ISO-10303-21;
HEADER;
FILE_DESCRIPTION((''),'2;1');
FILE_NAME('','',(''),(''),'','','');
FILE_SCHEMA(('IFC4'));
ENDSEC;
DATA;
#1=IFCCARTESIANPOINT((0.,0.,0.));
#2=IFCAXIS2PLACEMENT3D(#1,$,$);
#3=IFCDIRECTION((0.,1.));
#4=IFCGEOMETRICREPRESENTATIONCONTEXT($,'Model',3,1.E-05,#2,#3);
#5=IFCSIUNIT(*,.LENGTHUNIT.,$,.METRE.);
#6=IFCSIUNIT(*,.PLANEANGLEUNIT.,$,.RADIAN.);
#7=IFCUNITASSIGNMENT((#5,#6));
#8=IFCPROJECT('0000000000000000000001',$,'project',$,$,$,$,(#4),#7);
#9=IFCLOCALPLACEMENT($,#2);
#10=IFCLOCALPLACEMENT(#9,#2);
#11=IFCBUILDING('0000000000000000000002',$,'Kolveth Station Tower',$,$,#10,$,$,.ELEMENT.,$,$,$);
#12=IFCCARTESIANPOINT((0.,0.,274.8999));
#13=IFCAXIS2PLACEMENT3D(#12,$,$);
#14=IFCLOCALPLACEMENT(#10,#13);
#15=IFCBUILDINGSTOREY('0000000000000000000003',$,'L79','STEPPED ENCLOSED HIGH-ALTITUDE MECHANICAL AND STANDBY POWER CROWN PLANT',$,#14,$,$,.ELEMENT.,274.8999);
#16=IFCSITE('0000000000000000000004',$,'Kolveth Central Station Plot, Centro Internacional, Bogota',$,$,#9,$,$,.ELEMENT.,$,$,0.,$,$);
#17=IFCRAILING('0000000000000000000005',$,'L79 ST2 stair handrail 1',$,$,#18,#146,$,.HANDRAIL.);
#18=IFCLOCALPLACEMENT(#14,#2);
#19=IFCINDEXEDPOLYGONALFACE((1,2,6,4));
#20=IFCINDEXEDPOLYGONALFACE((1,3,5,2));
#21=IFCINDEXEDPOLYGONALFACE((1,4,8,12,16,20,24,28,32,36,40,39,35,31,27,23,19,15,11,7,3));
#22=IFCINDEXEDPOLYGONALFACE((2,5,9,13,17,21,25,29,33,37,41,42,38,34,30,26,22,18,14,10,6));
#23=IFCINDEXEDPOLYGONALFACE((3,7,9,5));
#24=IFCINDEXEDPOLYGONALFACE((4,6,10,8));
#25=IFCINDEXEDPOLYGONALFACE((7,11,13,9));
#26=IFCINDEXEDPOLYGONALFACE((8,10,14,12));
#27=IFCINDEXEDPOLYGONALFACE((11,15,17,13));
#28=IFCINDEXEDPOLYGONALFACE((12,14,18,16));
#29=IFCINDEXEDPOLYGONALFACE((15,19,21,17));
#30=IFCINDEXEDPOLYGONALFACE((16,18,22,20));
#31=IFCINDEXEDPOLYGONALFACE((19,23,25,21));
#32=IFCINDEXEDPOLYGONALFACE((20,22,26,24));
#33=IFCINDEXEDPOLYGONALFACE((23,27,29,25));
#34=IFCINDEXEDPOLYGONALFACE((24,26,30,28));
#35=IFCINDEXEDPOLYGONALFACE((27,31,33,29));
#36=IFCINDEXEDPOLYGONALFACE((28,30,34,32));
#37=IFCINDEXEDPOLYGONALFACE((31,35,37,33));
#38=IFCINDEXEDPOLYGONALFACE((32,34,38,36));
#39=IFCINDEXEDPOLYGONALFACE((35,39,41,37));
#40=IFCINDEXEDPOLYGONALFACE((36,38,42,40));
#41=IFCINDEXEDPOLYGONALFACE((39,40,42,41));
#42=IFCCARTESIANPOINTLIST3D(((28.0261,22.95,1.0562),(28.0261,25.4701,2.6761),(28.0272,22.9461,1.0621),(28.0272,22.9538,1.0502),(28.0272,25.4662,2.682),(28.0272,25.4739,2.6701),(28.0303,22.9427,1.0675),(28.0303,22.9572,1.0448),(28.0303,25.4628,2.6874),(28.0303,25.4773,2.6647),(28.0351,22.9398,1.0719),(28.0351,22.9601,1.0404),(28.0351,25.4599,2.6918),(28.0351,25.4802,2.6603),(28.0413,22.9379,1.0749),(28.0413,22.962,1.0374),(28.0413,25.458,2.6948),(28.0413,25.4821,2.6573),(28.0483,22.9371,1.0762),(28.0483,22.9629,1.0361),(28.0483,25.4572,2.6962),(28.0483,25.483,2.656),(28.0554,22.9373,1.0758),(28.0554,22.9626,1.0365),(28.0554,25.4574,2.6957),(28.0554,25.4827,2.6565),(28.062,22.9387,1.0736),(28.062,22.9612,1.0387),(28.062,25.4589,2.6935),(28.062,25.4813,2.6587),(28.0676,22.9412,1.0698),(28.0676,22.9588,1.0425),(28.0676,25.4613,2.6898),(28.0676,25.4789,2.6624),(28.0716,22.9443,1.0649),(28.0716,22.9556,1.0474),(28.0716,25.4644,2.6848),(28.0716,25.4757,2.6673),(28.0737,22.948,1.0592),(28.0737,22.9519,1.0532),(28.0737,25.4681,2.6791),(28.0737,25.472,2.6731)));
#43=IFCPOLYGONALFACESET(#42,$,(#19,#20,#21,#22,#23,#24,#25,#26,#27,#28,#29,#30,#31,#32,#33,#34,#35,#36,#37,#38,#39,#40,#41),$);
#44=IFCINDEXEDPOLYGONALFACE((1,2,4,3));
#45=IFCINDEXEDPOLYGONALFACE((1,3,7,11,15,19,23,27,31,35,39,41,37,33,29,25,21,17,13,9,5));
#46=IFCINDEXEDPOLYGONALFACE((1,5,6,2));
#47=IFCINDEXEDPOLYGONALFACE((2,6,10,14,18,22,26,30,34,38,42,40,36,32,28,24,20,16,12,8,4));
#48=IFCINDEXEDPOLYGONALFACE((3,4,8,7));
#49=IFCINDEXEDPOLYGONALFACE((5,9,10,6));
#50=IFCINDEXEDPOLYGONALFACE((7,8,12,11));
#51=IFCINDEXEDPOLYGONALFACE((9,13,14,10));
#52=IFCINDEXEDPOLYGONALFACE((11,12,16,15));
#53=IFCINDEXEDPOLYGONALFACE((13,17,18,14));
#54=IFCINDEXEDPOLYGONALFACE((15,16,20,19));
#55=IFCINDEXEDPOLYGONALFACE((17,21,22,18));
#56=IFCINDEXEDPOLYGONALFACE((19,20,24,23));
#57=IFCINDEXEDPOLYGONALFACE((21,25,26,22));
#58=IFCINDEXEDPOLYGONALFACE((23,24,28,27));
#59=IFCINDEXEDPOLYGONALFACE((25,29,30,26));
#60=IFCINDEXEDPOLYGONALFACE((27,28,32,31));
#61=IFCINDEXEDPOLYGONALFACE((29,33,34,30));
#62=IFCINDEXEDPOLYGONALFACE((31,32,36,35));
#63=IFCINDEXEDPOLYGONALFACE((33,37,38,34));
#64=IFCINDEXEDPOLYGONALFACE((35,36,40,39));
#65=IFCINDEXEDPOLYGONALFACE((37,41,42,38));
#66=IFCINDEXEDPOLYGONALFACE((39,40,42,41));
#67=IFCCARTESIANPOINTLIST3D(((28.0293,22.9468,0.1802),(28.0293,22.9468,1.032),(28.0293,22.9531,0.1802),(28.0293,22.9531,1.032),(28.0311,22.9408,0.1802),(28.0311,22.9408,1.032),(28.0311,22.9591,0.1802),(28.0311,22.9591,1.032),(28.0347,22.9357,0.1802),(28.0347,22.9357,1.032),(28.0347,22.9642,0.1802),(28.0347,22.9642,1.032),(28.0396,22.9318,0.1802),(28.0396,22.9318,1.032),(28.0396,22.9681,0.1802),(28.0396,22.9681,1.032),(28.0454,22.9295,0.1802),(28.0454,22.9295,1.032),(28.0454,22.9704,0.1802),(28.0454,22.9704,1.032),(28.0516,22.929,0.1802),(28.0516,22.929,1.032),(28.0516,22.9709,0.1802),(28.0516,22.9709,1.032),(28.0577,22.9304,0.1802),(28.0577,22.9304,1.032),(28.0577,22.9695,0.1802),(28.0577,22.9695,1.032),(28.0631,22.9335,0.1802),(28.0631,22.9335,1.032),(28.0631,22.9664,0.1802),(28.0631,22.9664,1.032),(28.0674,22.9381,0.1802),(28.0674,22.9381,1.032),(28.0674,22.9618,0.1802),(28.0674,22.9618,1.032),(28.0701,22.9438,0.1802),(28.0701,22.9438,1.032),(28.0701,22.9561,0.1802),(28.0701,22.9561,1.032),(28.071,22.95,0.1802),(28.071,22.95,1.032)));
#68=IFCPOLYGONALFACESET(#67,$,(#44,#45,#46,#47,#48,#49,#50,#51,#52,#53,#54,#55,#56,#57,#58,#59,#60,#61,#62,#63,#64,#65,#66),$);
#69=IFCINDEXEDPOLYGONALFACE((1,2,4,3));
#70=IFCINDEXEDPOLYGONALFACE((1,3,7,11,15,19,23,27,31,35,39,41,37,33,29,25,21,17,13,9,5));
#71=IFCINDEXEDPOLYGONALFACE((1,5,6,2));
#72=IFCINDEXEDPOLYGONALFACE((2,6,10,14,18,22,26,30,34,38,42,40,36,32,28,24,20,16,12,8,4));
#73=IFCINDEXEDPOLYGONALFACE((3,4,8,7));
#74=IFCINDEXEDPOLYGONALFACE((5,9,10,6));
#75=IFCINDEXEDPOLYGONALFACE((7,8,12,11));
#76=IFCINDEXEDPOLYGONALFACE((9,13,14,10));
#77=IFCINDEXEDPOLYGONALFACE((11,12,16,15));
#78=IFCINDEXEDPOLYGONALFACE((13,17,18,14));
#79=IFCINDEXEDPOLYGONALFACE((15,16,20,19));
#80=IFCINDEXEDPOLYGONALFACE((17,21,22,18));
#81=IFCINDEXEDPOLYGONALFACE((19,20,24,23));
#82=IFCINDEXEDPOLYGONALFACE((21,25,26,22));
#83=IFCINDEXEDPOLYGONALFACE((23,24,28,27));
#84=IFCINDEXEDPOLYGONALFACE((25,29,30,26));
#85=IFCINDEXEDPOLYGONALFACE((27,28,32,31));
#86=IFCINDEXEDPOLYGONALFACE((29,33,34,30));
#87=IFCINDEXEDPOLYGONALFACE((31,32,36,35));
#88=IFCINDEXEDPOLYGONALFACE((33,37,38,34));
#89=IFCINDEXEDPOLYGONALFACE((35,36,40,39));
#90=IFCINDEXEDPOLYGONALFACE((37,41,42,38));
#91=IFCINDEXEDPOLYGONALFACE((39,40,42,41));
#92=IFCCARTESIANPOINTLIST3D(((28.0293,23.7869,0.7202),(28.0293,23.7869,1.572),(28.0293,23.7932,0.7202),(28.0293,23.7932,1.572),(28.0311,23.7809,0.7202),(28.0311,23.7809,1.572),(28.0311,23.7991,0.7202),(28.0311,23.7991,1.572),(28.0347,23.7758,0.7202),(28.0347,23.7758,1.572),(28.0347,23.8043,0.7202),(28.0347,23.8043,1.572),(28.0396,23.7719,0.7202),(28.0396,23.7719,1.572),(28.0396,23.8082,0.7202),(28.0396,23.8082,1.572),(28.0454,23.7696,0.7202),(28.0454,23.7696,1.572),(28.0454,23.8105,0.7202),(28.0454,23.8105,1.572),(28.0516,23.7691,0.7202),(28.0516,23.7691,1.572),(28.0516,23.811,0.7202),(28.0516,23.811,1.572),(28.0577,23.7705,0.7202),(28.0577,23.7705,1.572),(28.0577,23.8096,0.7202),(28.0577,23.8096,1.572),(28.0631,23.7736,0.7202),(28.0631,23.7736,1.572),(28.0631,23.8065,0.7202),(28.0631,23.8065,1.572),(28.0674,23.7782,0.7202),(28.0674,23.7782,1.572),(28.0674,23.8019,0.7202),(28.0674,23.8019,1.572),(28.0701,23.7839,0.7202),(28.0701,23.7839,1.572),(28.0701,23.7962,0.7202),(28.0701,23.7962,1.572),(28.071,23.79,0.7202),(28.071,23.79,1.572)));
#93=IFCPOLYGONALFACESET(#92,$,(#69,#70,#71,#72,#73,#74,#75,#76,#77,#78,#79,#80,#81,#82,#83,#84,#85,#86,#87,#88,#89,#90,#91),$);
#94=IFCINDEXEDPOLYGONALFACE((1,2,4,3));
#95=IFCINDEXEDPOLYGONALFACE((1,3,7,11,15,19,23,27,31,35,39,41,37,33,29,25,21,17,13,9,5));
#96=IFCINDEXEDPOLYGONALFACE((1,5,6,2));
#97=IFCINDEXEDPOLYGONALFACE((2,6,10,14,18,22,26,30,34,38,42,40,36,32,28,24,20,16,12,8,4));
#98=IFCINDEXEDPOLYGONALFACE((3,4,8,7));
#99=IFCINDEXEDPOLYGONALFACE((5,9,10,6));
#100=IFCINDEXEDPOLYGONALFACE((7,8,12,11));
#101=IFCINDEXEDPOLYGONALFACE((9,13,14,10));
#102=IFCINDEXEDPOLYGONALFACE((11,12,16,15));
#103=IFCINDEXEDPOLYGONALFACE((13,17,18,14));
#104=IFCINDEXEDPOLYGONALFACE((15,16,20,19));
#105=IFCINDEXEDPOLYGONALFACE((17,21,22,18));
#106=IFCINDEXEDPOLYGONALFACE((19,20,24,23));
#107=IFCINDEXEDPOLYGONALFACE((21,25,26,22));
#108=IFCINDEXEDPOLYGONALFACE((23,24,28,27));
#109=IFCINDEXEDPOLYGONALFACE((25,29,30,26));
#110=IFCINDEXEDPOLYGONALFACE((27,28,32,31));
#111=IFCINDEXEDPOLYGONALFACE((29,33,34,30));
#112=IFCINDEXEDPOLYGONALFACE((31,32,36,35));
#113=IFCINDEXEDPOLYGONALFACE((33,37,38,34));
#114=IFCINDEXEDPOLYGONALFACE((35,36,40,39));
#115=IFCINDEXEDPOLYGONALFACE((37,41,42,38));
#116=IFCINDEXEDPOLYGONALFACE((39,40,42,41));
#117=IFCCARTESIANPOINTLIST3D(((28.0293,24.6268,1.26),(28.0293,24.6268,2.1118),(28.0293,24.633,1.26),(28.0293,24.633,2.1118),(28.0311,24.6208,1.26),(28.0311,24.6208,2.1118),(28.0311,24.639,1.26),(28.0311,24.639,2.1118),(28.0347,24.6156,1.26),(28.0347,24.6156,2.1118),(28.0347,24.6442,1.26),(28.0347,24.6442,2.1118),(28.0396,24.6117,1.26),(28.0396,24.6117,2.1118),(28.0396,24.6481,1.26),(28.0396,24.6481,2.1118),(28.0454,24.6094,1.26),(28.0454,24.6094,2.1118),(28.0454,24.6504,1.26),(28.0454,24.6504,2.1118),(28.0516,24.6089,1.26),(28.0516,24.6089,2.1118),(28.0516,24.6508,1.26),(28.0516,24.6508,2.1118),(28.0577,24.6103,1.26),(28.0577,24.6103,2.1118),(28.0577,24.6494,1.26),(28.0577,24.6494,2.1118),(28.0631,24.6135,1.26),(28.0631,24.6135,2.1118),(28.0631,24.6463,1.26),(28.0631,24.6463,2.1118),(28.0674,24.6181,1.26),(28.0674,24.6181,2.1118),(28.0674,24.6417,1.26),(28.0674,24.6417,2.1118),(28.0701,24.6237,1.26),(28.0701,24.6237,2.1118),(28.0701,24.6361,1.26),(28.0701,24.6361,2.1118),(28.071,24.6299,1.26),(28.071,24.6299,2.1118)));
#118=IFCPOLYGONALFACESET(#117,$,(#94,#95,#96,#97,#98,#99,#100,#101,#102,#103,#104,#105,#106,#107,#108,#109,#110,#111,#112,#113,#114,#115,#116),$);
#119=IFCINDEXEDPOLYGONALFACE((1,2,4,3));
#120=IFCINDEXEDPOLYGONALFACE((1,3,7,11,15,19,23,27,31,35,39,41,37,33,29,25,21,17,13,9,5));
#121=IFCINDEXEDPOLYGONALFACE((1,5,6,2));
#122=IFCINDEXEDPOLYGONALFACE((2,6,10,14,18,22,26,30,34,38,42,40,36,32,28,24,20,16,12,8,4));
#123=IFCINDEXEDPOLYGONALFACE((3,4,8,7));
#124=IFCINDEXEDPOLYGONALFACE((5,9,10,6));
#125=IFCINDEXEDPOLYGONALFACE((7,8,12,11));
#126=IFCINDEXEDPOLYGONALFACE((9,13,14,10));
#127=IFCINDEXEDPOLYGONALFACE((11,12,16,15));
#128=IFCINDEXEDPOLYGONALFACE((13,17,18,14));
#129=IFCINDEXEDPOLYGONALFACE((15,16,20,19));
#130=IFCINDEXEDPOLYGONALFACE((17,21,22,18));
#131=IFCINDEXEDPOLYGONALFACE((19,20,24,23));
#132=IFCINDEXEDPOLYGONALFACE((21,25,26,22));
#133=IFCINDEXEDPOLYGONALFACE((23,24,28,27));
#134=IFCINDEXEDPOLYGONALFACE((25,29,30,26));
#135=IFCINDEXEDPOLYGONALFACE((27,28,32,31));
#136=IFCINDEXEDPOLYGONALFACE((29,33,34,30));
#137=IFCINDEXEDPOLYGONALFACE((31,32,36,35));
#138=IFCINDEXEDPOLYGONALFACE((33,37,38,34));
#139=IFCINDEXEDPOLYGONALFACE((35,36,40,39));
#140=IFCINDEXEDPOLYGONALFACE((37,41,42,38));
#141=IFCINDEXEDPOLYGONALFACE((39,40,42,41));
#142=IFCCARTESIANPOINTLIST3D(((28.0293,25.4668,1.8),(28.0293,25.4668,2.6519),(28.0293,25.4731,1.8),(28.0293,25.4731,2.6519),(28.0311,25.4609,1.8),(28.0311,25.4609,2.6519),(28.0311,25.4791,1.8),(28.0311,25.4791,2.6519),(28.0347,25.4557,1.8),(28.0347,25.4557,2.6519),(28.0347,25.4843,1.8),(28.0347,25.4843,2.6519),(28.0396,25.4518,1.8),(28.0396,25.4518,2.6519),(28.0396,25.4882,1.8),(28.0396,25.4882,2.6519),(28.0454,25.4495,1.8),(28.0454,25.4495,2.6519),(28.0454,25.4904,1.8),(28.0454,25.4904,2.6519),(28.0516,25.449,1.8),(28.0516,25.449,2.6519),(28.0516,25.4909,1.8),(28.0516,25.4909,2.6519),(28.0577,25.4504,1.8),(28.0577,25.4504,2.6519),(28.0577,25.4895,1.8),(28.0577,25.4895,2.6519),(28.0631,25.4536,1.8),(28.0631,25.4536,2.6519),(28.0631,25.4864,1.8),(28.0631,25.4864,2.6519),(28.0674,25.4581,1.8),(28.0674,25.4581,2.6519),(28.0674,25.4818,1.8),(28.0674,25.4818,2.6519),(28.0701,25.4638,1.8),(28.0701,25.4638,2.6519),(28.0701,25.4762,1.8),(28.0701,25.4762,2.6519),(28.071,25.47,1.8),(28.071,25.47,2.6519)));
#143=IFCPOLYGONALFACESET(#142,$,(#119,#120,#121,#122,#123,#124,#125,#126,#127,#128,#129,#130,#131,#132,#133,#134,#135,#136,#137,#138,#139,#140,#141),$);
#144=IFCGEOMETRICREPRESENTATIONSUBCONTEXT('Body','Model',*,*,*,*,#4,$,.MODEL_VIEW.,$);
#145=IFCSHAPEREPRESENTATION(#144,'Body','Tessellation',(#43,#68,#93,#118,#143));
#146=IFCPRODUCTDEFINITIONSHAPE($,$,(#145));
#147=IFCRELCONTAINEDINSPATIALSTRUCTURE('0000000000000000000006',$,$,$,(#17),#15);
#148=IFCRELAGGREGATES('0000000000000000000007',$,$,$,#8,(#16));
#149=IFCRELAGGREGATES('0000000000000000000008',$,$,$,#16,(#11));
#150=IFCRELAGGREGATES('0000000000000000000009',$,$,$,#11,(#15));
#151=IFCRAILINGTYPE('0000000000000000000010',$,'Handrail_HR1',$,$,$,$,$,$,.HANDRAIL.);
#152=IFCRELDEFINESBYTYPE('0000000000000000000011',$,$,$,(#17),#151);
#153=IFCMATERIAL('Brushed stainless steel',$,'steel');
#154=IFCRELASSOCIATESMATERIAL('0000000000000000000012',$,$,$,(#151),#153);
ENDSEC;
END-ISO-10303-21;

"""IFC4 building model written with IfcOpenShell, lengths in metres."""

from ifc_helpers import new_model, si_unit, direction, frame, origin, origin_2d, place, context, subcontext, project, spatial, circle, extrude, material, type_object, element, save


model = new_model("IFC4")

# Units and contexts
model_context = context("Model", 3, precision=1e-05, world=origin(), true_north=direction((0.0, 1.0)))
body_context = subcontext(model_context, "Body", "Model", "MODEL_VIEW")
ifc_project = project(units=[si_unit("LENGTHUNIT", "METRE"), si_unit("PLANEANGLEUNIT", "RADIAN")], contexts=[model_context])

# Site, building, storey
site_placement = place(None, origin())
site = spatial("IfcSite", under=ifc_project, at=site_placement, Name="Kolveth Central Station Plot, Centro Internacional, Bogota", CompositionType="ELEMENT", RefElevation=0.0)
building_placement = place(site_placement, origin())
building = spatial("IfcBuilding", under=site, at=building_placement, Name="Kolveth Station Tower", CompositionType="ELEMENT")
storey_placement = place(building_placement, frame((0.0, 0.0, 274.8999)))
storey = spatial("IfcBuildingStorey", under=building, at=storey_placement, Name="L79", Description="STEPPED ENCLOSED HIGH-ALTITUDE MECHANICAL AND STANDBY POWER CROWN PLANT", CompositionType="ELEMENT", Elevation=274.8999)

# Railing
ifc_material_1 = material(Name="Brushed stainless steel", Category="steel")
railing_type_1 = type_object("IfcRailingType", Name="Handrail_HR1", PredefinedType="HANDRAIL", material=ifc_material_1)
for number, where, name in (
    (1, (28.05, 22.95, 0.1802), "L79 ST2 stair handrail 1"),
):
    element("IfcRailing", number, at=place(storey_placement, frame(where)), inside=storey, type_object=railing_type_1, Name=name, PredefinedType="HANDRAIL", context=body_context, shape_type="SweptSolid", body=[
        extrude(circle(Radius=0.0239, at=origin_2d()), frame((0.0, 0.0, 0.876), z_axis=(0.0, 0.8412, 0.540725), x_axis=(-1.0, 0.0, 0.0)), (0.0, 0.0, 1.0), 2.9958),
        extrude(circle(Radius=0.021, at=origin_2d()), origin(), (0.0, 0.0, 1.0), 0.8518),
        extrude(circle(Radius=0.021, at=origin_2d()), frame((0.0, 0.8401, 0.54)), (0.0, 0.0, 1.0), 0.8518),
        extrude(circle(Radius=0.021, at=origin_2d()), frame((0.0, 1.6799, 1.0798)), (0.0, 0.0, 1.0), 0.8518),
        extrude(circle(Radius=0.021, at=origin_2d()), frame((0.0, 2.52, 1.6199)), (0.0, 0.0, 1.0), 0.8518),
    ])

save(model, "model.ifc")
